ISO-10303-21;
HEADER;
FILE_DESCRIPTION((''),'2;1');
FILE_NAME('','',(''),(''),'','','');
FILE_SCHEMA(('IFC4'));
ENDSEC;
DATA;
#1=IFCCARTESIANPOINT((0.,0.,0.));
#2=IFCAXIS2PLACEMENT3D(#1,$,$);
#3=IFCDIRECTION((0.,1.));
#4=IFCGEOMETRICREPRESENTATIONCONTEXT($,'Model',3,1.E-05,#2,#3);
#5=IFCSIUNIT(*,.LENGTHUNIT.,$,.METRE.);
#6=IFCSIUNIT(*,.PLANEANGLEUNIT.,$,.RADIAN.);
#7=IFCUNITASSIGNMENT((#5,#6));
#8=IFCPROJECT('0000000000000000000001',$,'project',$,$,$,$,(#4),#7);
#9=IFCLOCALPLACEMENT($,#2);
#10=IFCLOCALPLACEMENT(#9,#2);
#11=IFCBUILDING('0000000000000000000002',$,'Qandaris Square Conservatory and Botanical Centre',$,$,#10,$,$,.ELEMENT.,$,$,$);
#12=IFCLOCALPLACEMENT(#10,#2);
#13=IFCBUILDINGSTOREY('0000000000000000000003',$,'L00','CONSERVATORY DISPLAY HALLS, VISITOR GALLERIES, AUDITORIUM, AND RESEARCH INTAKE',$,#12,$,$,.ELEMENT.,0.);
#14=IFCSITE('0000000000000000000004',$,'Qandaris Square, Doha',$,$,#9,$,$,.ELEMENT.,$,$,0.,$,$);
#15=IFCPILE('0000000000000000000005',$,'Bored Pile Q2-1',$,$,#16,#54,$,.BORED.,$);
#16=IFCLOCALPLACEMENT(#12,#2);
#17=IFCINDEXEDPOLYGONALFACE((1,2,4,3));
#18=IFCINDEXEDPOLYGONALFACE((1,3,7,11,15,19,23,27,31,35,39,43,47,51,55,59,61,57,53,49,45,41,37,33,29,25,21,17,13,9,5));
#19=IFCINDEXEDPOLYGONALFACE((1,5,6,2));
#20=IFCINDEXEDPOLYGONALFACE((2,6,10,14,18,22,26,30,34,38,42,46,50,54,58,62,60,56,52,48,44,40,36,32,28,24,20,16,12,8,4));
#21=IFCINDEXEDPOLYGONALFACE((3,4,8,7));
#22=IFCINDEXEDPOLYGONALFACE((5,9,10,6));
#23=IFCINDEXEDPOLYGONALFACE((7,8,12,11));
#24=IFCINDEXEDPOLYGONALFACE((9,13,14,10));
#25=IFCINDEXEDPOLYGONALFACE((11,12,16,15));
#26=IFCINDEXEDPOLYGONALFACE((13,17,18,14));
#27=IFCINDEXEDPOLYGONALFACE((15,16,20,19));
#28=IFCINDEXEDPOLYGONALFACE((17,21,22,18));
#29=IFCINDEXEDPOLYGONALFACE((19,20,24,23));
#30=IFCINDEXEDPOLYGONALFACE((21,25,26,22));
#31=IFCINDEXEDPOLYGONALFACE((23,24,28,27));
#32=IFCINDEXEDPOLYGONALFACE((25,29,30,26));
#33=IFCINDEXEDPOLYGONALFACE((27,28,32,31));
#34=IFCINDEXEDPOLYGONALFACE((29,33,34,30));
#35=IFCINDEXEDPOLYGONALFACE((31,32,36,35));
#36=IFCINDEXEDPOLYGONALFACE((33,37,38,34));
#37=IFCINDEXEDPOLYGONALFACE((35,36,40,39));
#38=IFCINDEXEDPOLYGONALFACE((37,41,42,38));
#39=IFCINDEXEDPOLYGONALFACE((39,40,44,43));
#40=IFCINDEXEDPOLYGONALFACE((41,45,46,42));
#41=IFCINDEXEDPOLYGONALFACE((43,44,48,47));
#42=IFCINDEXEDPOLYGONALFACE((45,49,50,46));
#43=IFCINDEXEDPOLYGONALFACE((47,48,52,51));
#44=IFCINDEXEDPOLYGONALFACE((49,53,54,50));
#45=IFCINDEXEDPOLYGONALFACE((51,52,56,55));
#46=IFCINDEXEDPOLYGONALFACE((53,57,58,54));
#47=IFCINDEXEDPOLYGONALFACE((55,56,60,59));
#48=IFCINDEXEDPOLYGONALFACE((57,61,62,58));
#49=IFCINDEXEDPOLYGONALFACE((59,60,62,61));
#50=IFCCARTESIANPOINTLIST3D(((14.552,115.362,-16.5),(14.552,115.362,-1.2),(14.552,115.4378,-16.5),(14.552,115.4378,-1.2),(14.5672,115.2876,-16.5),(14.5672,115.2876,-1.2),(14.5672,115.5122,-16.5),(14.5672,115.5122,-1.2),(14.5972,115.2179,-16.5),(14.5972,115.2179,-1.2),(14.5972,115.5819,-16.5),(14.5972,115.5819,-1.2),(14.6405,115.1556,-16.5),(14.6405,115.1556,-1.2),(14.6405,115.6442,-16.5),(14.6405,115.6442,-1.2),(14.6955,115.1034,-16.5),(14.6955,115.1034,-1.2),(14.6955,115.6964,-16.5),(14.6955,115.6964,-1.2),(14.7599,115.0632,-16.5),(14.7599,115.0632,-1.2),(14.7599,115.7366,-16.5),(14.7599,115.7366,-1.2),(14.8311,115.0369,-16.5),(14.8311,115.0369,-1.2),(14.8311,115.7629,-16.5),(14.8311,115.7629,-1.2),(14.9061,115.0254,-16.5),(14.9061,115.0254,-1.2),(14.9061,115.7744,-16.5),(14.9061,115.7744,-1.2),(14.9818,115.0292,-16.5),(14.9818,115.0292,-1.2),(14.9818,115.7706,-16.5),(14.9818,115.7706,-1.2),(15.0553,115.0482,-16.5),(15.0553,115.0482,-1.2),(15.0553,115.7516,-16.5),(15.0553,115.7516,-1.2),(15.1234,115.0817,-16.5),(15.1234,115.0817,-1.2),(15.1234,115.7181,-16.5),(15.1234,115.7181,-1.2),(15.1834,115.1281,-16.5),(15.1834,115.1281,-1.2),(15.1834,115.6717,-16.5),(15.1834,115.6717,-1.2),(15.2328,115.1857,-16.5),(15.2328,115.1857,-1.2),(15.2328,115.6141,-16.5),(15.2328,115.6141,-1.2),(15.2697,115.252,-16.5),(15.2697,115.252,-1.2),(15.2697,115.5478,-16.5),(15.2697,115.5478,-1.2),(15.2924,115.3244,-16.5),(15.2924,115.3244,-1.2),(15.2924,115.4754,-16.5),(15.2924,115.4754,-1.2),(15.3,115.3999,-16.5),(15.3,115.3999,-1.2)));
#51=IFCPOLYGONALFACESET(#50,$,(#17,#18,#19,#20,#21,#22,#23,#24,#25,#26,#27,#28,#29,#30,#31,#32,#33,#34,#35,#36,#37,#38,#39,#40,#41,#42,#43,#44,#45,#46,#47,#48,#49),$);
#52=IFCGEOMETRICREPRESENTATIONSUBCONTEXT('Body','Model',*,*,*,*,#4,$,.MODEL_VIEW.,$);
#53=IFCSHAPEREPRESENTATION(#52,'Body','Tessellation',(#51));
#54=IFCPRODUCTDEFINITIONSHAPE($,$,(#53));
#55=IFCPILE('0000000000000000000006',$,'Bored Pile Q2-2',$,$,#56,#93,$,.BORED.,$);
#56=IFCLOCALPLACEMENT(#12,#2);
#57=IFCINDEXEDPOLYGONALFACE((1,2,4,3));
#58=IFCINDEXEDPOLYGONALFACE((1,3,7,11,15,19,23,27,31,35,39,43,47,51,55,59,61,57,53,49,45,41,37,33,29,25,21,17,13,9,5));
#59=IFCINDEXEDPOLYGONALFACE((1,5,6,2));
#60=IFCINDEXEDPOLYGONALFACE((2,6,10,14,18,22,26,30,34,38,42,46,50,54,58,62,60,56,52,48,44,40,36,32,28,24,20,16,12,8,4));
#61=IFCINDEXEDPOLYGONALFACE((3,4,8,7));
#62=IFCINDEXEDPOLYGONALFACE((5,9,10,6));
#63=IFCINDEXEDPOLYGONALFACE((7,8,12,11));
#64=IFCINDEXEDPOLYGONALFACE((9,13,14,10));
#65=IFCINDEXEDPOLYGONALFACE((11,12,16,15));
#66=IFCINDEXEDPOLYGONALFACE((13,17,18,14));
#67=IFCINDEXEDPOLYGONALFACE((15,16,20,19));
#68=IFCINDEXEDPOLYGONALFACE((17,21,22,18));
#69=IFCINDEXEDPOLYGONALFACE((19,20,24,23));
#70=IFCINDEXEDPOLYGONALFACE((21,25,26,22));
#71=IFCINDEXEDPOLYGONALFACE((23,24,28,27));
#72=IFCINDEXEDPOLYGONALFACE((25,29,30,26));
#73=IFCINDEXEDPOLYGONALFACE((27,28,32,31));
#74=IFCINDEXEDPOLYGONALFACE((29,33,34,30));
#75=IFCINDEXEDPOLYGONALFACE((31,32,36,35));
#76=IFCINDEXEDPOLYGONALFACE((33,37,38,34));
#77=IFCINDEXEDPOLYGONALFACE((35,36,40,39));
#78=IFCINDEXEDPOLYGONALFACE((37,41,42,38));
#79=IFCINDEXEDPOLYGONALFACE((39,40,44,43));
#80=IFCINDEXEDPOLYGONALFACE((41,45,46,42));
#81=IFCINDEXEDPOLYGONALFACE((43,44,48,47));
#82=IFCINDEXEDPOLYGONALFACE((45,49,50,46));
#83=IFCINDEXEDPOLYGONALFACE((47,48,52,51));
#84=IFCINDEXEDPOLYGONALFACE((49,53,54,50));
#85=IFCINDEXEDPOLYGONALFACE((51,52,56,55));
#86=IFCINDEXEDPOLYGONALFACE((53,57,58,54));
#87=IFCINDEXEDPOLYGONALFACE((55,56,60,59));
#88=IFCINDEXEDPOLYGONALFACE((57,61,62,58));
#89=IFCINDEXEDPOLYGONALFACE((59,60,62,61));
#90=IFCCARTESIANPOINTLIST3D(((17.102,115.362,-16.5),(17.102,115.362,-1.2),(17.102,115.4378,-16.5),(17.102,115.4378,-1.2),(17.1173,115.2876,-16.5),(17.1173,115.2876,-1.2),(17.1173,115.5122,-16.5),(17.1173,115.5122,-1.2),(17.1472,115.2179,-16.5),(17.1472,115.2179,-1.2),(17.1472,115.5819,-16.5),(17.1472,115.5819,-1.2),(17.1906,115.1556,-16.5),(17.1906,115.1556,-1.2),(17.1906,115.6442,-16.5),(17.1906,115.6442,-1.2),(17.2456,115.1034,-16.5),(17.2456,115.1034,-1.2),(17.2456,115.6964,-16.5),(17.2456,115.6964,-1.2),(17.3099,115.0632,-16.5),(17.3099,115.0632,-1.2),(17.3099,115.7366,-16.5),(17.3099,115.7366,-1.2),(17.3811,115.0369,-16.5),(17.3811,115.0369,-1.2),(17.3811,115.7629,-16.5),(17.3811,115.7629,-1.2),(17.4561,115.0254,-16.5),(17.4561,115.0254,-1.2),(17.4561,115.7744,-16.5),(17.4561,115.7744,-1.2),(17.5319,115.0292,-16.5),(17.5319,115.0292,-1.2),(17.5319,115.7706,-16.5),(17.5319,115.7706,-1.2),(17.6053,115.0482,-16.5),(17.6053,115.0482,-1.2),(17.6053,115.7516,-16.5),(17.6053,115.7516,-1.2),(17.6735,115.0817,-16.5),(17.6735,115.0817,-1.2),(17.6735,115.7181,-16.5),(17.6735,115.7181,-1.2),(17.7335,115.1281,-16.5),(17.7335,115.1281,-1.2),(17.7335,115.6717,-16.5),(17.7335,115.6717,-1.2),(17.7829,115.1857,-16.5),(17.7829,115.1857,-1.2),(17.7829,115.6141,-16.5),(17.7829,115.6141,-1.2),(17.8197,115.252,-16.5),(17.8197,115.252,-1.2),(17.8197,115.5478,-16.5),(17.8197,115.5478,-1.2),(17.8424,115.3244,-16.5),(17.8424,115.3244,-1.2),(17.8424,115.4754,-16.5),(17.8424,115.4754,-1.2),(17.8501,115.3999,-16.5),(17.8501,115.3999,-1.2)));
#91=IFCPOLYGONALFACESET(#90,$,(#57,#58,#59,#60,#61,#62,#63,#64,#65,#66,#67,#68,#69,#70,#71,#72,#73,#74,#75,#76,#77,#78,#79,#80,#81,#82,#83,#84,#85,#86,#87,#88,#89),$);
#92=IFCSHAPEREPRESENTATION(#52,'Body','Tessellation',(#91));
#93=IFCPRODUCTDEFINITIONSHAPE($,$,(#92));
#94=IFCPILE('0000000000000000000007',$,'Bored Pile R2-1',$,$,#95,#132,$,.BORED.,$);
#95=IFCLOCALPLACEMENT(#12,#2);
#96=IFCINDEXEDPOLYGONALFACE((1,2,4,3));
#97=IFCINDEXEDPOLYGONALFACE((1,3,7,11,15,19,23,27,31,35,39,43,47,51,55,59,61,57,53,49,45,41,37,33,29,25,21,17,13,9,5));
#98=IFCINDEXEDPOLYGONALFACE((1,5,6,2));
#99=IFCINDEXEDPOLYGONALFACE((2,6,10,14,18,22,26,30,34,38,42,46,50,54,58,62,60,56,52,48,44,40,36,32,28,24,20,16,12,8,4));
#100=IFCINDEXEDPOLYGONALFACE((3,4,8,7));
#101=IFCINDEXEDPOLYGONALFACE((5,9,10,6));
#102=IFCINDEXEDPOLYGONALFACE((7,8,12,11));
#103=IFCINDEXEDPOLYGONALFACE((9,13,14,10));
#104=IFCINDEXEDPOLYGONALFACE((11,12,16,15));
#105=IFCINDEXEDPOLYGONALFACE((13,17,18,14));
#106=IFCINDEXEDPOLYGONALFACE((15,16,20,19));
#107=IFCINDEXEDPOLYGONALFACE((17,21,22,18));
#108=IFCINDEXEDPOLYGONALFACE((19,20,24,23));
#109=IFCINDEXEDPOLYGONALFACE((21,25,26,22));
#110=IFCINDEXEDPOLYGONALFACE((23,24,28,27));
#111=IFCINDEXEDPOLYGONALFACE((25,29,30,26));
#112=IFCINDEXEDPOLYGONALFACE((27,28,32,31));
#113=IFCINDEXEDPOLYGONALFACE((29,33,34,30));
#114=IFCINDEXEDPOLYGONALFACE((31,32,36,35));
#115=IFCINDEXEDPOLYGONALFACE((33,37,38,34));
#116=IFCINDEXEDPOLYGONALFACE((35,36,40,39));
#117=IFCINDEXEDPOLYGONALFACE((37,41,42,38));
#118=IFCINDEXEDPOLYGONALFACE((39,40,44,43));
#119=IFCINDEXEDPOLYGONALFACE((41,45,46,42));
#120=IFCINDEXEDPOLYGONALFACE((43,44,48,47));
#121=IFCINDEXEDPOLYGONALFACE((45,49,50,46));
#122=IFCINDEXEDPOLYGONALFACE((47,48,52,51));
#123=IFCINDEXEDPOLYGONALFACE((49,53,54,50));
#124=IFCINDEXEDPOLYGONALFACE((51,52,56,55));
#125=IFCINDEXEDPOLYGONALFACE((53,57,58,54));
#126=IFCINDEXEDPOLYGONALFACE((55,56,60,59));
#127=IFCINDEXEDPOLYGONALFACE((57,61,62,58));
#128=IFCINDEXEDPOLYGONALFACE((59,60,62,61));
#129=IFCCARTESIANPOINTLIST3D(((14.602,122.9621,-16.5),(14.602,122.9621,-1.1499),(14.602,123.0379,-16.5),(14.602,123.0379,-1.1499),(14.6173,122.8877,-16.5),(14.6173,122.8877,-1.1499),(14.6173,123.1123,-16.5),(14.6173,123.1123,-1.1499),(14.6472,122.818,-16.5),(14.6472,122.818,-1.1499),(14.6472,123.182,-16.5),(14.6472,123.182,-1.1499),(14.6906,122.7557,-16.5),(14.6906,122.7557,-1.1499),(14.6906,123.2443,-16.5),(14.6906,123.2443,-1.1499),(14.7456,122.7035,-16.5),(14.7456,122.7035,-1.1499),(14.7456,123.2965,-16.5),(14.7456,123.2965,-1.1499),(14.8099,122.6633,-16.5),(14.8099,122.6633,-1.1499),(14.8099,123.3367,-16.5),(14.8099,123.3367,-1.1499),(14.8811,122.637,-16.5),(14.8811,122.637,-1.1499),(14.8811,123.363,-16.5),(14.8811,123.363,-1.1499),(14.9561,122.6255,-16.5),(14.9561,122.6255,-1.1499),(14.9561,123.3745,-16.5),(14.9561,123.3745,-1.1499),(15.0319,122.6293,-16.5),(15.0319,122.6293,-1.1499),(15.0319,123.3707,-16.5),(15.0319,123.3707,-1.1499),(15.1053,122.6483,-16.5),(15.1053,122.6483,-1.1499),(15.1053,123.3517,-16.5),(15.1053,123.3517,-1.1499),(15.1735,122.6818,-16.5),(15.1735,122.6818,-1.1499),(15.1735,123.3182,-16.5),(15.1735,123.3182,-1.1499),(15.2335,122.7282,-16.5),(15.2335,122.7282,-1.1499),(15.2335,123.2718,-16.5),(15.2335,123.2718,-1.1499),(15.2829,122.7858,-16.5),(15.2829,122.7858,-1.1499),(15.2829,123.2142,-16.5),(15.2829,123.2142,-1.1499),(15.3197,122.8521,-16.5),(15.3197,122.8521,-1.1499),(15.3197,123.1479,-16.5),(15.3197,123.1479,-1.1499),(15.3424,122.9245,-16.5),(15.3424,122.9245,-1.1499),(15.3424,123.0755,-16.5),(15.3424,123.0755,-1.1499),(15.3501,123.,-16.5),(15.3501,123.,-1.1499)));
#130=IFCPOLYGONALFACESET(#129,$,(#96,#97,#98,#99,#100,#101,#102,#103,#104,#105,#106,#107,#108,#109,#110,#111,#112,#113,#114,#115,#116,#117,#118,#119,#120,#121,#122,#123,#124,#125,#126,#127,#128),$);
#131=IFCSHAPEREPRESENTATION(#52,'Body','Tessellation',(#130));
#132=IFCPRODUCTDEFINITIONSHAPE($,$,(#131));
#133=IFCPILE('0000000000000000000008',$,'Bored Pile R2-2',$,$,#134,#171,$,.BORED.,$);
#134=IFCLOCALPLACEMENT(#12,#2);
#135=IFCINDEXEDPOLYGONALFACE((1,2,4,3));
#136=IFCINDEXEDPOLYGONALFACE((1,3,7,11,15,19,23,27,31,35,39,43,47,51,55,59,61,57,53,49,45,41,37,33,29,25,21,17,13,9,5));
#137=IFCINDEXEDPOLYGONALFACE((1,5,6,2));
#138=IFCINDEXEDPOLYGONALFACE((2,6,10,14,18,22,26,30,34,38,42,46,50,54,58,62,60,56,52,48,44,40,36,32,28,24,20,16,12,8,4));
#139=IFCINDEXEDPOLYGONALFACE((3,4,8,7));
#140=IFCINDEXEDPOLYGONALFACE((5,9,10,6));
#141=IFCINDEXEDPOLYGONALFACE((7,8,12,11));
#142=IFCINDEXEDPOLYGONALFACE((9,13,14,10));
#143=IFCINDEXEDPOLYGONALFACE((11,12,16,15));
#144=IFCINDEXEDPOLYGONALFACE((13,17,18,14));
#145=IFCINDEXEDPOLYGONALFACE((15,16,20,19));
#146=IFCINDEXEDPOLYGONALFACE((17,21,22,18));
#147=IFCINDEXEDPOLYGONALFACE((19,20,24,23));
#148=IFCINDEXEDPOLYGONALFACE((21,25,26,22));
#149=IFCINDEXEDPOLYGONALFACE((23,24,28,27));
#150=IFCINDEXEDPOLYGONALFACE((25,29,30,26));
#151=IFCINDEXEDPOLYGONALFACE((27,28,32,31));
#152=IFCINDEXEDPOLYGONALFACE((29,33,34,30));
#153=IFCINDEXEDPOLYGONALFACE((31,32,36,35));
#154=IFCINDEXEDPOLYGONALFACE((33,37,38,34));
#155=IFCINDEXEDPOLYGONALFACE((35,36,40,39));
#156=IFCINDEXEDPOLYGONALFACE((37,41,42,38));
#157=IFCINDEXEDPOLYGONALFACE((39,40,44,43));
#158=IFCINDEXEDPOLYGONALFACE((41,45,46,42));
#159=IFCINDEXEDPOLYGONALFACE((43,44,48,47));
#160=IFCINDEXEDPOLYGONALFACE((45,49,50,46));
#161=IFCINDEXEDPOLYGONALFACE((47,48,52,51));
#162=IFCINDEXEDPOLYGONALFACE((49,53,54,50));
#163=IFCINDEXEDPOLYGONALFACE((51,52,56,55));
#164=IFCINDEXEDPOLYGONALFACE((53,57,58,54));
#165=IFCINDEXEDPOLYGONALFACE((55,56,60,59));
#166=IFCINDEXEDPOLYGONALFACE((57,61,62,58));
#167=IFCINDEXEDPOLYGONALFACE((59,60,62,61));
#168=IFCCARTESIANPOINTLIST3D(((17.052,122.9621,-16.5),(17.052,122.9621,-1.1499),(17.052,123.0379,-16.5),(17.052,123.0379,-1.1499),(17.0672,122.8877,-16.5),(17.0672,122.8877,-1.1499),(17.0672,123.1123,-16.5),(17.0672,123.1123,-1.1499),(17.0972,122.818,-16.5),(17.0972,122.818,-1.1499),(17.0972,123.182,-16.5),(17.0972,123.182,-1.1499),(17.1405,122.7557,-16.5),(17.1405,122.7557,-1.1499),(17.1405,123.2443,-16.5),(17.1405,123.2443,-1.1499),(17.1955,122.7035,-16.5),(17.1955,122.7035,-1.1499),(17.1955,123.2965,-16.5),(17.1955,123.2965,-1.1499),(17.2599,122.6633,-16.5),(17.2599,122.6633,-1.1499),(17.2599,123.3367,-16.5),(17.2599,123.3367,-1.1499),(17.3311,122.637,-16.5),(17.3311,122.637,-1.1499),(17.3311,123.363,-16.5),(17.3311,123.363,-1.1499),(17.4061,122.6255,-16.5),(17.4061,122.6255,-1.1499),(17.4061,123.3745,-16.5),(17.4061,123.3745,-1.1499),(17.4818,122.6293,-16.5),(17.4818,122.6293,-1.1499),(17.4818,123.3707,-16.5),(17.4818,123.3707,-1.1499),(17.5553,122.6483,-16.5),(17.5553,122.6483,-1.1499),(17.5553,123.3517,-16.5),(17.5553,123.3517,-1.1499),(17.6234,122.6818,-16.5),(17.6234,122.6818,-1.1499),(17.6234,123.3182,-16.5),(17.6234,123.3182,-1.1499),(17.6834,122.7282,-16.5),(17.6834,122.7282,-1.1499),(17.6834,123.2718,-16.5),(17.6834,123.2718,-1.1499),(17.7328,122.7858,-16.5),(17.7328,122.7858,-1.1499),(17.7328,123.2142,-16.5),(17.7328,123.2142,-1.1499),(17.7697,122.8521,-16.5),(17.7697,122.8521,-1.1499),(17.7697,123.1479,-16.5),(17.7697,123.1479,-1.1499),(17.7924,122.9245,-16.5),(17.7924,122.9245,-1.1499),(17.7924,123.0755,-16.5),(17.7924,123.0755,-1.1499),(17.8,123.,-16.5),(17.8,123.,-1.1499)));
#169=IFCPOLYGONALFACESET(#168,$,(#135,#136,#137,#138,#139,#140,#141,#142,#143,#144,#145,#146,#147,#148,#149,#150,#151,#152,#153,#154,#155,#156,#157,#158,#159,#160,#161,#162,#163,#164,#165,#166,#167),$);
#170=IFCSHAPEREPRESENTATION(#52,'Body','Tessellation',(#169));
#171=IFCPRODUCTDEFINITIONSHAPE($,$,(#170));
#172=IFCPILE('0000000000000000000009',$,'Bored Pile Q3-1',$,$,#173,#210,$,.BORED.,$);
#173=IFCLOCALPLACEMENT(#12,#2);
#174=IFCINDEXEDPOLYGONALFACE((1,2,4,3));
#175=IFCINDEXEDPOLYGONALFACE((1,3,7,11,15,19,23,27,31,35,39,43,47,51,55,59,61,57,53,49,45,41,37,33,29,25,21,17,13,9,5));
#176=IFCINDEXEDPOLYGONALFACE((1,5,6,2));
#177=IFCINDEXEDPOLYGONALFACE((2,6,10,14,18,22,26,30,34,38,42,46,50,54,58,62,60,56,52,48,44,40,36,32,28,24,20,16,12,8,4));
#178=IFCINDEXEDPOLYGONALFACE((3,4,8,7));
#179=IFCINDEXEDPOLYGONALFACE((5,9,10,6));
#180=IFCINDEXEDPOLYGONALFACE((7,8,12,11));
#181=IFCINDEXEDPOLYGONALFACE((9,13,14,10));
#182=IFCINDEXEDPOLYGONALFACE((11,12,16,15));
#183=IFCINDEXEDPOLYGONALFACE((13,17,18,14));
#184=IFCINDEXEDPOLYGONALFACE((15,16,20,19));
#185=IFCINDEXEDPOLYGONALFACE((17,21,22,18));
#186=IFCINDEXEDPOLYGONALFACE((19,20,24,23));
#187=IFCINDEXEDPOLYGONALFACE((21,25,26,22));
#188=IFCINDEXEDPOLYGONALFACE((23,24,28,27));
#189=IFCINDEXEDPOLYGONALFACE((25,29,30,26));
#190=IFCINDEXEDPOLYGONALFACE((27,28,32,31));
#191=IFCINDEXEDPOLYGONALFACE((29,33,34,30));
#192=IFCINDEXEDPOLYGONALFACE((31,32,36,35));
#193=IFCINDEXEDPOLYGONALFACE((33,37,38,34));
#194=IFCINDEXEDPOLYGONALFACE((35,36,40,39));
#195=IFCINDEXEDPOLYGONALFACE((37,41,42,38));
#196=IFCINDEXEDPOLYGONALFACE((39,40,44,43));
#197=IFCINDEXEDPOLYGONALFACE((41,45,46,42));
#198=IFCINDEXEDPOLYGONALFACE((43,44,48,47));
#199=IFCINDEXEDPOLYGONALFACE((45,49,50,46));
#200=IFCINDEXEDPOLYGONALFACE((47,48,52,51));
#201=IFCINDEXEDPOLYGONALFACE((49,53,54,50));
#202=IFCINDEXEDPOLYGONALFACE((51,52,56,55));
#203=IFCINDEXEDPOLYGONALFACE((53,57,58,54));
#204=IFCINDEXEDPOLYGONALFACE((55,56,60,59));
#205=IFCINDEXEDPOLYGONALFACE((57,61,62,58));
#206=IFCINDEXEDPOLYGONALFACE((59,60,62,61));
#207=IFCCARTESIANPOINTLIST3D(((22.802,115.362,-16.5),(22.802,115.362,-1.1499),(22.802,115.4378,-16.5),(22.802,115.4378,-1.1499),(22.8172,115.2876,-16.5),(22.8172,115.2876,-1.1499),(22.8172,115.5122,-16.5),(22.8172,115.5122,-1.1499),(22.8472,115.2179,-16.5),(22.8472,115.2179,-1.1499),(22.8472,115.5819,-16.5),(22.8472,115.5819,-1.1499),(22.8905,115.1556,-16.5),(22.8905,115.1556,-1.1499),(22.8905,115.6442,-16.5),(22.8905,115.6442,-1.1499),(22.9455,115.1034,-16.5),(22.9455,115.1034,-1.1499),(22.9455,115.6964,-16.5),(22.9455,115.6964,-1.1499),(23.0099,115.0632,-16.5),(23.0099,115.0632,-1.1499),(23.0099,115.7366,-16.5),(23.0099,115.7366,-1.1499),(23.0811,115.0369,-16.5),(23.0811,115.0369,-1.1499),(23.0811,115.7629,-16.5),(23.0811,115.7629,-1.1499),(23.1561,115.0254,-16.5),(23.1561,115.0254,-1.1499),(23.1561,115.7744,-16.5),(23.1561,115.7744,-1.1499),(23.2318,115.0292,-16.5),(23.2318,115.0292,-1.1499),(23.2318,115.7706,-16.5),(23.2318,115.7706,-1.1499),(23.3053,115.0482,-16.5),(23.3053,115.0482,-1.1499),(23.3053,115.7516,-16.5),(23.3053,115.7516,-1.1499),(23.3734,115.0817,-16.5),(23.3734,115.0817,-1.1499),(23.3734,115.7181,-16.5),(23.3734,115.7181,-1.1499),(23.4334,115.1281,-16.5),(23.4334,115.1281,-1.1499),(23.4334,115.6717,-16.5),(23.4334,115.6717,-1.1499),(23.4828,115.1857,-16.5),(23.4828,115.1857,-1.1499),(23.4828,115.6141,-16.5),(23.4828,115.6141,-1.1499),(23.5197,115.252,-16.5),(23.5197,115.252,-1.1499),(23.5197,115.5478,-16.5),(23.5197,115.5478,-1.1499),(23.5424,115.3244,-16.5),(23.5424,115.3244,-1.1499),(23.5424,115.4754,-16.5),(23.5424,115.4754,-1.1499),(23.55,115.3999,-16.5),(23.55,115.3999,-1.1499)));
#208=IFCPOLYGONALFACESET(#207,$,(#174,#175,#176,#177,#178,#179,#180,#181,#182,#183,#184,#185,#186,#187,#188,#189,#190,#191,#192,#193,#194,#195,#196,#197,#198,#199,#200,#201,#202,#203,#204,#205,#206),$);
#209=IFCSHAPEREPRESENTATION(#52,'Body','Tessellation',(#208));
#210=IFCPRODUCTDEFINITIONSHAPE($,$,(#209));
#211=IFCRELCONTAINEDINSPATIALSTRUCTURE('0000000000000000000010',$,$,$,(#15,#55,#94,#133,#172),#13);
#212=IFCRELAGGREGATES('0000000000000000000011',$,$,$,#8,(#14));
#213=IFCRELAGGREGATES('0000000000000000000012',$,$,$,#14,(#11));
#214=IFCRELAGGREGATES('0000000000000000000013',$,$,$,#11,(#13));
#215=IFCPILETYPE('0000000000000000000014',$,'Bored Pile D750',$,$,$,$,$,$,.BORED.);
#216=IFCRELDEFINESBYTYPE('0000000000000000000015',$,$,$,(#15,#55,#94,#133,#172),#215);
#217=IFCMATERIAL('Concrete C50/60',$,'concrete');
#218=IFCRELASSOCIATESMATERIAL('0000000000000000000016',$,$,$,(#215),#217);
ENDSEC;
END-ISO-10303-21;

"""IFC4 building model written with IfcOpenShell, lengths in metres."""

from ifc_helpers import new_model, si_unit, direction, frame, origin, origin_2d, place, context, subcontext, project, spatial, circle, extrude, material, material_profile, profile_set, type_object, element, save


model = new_model("IFC4")

# Units and contexts
model_context = context("Model", 3, precision=1e-05, world=origin(), true_north=direction((0.0, 1.0)))
body_context = subcontext(model_context, "Body", "Model", "MODEL_VIEW")
ifc_project = project(units=[si_unit("LENGTHUNIT", "METRE"), si_unit("PLANEANGLEUNIT", "RADIAN")], contexts=[model_context])

# Site, building, storey
site_placement = place(None, origin())
site = spatial("IfcSite", under=ifc_project, at=site_placement, Name="Qandaris Square, Doha", CompositionType="ELEMENT", RefElevation=0.0)
building_placement = place(site_placement, origin())
building = spatial("IfcBuilding", under=site, at=building_placement, Name="Qandaris Square Conservatory and Botanical Centre", CompositionType="ELEMENT")
storey_placement = place(building_placement, origin())
storey = spatial("IfcBuildingStorey", under=building, at=storey_placement, Name="L00", Description="CONSERVATORY DISPLAY HALLS, VISITOR GALLERIES, AUDITORIUM, AND RESEARCH INTAKE", CompositionType="ELEMENT", Elevation=0.0)

# Piles
ifc_material_1 = material(Name="Concrete C50/60", Category="concrete")
ifc_material_profile_1 = material_profile(ifc_material_1, circle(Radius=0.375, at=origin_2d()), Name="PILE D750")
ifc_profile_set_1 = profile_set([ifc_material_profile_1], Name="Concrete C50/60")
pile_type = type_object("IfcPileType", Name="Bored Pile D750", PredefinedType="BORED", material=ifc_profile_set_1)
for number, where, z_axis, x_axis, name in (
    (1, (14.925, 115.3999, -1.2), (0.0, 0.0, -1.0), (1.0, 0.0, 0.0), "Bored Pile Q2-1"),
    (2, (17.4751, 115.3999, -1.2), (0.0, 0.0, -1.0), (1.0, 0.0, 0.0), "Bored Pile Q2-2"),
):
    element("IfcPile", number, at=place(storey_placement, frame(where, z_axis=z_axis, x_axis=x_axis)), inside=storey, type_object=pile_type, Name=name, PredefinedType="BORED", context=body_context, shape_type="SweptSolid", body=[
        extrude(circle(Radius=0.375, at=origin_2d()), origin(), (0.0, 0.0, 1.0), 15.3),
    ])
for number, where, z_axis, x_axis, name in (
    (3, (14.9751, 123.0, -1.1499), (0.0, 0.0, -1.0), (1.0, 0.0, 0.0), "Bored Pile R2-1"),
    (4, (17.425, 123.0, -1.1499), (0.0, 0.0, -1.0), (1.0, 0.0, 0.0), "Bored Pile R2-2"),
    (5, (23.175, 115.3999, -1.1499), (0.0, 0.0, -1.0), (1.0, 0.0, 0.0), "Bored Pile Q3-1"),
):
    element("IfcPile", number, at=place(storey_placement, frame(where, z_axis=z_axis, x_axis=x_axis)), inside=storey, type_object=pile_type, Name=name, PredefinedType="BORED", context=body_context, shape_type="SweptSolid", body=[
        extrude(circle(Radius=0.375, at=origin_2d()), origin(), (0.0, 0.0, 1.0), 15.3501),
    ])

save(model, "model.ifc")
